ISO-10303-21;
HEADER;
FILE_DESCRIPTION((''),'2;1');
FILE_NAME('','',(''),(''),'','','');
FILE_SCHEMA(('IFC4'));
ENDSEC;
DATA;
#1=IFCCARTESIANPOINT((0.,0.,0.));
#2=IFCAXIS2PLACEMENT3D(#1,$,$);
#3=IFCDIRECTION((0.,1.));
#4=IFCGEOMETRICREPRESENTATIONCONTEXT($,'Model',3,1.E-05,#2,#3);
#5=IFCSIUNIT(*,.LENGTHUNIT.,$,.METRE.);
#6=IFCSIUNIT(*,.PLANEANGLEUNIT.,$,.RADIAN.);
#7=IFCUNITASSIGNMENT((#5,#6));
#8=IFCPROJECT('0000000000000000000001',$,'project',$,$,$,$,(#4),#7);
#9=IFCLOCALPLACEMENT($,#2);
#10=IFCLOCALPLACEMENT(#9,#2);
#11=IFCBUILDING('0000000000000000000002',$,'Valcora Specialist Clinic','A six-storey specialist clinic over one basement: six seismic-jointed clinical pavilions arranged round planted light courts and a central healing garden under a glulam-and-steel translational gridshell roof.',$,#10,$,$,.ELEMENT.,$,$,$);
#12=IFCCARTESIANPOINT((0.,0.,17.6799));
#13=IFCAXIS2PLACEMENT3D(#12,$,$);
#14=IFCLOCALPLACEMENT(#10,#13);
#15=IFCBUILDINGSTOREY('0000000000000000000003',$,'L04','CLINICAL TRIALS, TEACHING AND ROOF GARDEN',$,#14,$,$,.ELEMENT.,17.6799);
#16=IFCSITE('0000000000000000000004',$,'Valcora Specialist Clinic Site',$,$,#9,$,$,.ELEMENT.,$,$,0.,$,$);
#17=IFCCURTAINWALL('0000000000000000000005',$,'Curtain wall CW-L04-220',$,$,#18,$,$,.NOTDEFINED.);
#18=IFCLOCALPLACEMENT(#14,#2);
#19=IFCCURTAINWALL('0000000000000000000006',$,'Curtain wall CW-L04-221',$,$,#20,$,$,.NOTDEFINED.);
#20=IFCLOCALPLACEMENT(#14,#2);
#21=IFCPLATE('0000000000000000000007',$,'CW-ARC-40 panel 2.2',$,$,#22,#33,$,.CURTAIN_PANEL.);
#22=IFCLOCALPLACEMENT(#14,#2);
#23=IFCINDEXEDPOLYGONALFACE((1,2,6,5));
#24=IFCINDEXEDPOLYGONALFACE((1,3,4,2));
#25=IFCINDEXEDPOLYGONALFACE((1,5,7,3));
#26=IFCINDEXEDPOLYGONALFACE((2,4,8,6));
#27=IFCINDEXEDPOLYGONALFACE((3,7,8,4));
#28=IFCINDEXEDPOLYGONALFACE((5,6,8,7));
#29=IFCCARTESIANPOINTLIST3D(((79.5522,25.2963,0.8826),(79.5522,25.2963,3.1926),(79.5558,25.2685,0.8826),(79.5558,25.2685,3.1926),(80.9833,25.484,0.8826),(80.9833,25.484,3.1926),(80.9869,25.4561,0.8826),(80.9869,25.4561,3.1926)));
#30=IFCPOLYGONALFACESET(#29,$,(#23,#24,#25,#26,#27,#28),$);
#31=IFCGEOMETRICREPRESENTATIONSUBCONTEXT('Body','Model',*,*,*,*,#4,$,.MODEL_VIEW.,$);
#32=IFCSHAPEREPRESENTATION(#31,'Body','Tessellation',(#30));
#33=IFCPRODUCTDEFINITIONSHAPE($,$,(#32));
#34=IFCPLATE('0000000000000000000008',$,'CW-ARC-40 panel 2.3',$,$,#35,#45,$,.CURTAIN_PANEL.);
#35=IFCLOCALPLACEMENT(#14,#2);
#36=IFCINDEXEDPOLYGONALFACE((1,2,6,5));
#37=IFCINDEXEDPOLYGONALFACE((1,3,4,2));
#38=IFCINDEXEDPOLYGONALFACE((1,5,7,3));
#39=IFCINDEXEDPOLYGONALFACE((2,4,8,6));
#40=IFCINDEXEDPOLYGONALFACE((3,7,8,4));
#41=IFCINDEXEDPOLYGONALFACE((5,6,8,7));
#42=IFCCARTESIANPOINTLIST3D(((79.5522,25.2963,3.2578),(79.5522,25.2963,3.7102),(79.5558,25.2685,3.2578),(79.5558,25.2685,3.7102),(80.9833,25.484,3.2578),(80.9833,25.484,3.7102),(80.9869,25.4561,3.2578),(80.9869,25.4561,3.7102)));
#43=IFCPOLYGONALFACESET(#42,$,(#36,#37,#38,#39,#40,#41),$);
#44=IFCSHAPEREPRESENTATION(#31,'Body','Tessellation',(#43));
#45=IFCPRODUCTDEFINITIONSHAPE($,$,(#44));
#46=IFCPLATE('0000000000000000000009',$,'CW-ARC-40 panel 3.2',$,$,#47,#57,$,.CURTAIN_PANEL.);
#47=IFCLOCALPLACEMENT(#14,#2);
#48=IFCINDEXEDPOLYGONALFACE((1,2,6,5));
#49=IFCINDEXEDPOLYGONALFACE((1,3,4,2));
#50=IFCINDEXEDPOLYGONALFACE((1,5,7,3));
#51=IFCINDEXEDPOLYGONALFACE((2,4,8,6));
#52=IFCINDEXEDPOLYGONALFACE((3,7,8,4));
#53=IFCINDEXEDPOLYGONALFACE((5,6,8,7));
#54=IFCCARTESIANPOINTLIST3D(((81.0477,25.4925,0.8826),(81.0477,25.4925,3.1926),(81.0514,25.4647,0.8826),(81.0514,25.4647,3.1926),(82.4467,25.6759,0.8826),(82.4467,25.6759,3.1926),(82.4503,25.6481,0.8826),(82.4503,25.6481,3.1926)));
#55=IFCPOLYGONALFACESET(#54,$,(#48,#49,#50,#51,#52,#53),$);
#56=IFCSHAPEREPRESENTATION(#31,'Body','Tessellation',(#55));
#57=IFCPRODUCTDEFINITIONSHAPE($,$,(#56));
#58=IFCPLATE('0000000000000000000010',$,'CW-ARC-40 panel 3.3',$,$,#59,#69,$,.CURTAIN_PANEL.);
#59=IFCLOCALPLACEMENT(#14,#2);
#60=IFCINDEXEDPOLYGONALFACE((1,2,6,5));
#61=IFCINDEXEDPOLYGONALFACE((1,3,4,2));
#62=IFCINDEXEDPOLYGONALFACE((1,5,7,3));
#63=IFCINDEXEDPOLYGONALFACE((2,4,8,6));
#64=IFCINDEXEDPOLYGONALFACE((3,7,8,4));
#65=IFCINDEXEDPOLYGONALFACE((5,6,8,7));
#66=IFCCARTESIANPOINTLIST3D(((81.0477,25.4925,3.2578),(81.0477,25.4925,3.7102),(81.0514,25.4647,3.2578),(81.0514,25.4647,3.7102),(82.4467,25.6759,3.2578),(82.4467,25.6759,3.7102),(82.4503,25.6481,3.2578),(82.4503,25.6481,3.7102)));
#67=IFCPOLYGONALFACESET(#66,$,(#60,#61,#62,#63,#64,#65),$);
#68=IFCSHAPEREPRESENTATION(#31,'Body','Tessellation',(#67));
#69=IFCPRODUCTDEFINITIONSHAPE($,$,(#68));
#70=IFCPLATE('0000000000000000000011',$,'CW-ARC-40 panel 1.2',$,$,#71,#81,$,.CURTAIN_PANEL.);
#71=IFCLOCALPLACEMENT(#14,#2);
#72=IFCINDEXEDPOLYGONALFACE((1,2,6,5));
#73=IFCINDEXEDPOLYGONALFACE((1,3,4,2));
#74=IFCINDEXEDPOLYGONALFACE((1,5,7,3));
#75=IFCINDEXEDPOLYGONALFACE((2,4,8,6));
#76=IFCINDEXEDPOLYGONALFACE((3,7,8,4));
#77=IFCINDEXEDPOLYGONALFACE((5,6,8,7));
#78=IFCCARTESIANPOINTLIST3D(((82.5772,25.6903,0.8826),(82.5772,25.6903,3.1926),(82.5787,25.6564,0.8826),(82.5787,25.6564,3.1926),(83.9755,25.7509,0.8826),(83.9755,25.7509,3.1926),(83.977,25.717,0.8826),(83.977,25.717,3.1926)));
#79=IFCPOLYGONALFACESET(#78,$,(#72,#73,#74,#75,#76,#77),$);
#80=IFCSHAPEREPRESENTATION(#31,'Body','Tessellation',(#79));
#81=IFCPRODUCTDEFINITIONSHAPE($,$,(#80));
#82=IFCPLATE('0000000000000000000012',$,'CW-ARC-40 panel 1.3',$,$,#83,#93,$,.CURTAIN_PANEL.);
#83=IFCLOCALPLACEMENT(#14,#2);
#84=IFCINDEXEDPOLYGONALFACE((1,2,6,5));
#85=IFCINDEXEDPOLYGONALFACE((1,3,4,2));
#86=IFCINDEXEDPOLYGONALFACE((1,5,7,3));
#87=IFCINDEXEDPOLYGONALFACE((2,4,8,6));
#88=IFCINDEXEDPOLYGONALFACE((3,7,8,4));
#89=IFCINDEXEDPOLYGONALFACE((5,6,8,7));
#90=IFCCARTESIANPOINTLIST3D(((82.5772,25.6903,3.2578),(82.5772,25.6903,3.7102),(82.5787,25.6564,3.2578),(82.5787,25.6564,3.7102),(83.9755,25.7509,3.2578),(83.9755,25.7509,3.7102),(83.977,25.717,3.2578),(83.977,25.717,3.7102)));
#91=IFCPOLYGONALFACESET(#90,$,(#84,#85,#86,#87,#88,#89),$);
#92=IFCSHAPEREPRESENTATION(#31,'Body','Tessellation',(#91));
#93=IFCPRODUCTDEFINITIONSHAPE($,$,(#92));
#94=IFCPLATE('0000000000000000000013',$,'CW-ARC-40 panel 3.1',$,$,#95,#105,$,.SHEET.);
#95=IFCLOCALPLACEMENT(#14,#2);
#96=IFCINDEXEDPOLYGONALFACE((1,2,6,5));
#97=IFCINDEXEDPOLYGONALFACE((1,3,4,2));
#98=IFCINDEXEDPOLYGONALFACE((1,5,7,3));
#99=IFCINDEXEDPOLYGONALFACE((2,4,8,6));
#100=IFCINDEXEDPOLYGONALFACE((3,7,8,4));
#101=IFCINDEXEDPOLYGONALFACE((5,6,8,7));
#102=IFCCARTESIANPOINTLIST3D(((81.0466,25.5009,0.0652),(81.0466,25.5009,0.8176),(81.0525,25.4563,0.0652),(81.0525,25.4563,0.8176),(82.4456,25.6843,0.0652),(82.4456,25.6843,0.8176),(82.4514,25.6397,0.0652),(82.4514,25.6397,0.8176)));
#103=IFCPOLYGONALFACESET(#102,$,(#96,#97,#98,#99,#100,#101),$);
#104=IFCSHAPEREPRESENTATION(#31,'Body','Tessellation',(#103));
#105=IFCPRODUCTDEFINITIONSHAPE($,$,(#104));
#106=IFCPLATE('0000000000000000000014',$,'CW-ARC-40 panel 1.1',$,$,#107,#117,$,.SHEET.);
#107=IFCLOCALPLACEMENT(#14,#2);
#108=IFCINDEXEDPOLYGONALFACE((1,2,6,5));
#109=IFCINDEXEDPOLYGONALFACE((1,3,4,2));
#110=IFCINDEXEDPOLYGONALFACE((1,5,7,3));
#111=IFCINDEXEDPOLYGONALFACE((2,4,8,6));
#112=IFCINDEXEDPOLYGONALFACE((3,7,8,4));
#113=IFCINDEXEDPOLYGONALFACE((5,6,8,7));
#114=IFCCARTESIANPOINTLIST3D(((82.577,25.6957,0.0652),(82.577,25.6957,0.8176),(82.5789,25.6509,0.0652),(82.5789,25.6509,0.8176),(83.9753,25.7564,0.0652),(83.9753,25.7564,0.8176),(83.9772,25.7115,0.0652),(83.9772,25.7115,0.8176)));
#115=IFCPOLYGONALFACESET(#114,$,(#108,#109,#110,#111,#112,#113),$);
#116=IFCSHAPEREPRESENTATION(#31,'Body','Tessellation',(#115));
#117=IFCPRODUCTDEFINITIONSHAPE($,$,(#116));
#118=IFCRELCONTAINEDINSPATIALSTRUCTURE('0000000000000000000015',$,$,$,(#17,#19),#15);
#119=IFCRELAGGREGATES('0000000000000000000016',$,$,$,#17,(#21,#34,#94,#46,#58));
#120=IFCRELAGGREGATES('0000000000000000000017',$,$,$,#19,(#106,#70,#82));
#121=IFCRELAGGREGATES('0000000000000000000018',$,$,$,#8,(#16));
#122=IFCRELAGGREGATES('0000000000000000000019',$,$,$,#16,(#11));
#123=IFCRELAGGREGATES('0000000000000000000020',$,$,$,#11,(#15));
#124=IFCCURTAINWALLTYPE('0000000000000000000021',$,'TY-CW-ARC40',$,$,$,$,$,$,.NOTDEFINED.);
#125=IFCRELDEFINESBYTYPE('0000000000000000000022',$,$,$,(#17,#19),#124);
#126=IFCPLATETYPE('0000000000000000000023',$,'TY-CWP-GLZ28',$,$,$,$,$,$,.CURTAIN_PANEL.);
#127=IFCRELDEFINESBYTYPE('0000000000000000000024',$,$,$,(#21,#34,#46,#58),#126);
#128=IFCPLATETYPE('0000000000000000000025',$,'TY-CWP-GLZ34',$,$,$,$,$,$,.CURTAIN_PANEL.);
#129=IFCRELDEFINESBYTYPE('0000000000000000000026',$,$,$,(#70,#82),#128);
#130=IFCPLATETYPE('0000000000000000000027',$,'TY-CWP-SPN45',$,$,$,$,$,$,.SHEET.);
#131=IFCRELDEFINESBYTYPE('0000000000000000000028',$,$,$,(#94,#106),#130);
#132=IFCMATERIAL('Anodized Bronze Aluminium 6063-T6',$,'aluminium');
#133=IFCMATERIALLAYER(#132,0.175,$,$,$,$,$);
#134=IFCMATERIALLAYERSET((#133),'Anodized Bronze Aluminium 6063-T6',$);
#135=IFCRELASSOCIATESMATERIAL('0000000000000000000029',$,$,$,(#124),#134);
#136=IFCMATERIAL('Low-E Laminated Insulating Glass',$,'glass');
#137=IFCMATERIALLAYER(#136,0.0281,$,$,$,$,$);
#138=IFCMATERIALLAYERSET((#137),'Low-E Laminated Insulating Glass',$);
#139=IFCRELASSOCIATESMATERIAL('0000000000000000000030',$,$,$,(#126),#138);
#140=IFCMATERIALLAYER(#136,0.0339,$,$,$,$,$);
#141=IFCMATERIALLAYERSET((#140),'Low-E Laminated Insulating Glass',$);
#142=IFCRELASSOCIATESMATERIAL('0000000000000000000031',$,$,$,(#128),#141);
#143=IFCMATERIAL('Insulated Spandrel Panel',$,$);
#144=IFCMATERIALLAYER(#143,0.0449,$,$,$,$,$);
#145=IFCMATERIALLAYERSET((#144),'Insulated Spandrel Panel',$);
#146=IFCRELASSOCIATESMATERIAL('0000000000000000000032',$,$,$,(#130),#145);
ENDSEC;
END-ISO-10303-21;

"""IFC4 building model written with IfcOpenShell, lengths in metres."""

from ifc_helpers import new_model, si_unit, direction, frame, origin, origin_2d, place, context, subcontext, project, spatial, rectangle, extrude, material, layer, layer_set, type_object, element, aggregate, save


model = new_model("IFC4")

# Units and contexts
model_context = context("Model", 3, precision=1e-05, world=origin(), true_north=direction((0.0, 1.0)))
body_context = subcontext(model_context, "Body", "Model", "MODEL_VIEW")
ifc_project = project(units=[si_unit("LENGTHUNIT", "METRE"), si_unit("PLANEANGLEUNIT", "RADIAN")], contexts=[model_context])

# Site, building, storey
site_placement = place(None, origin())
site = spatial("IfcSite", under=ifc_project, at=site_placement, Name="Valcora Specialist Clinic Site", CompositionType="ELEMENT", RefElevation=0.0)
building_placement = place(site_placement, origin())
building = spatial("IfcBuilding", under=site, at=building_placement, Name="Valcora Specialist Clinic", Description="A six-storey specialist clinic over one basement: six seismic-jointed clinical pavilions arranged round planted light courts and a central healing garden under a glulam-and-steel translational gridshell roof.", CompositionType="ELEMENT")
storey_placement = place(building_placement, frame((0.0, 0.0, 17.6799)))
storey = spatial("IfcBuildingStorey", under=building, at=storey_placement, Name="L04", Description="CLINICAL TRIALS, TEACHING AND ROOF GARDEN", CompositionType="ELEMENT", Elevation=17.6799)

# Curtain wall
ifc_material_1 = material(Name="Anodized Bronze Aluminium 6063-T6", Category="aluminium")
ifc_layer_1 = layer(ifc_material_1, 0.175)
ifc_layer_set_1 = layer_set([ifc_layer_1], Name="Anodized Bronze Aluminium 6063-T6")
curtain_wall_type = type_object("IfcCurtainWallType", Name="TY-CW-ARC40", PredefinedType="NOTDEFINED", material=ifc_layer_set_1)
curtain_wall_1_placement = place(storey_placement, origin())
curtain_wall_1 = element("IfcCurtainWall", 1, at=curtain_wall_1_placement, inside=storey, type_object=curtain_wall_type, Name="Curtain wall CW-L04-220", PredefinedType="NOTDEFINED")

# Curtain wall
curtain_wall_2_placement = place(storey_placement, origin())
curtain_wall_2 = element("IfcCurtainWall", 2, at=curtain_wall_2_placement, inside=storey, type_object=curtain_wall_type, Name="Curtain wall CW-L04-221", PredefinedType="NOTDEFINED")

# Plates
ifc_material_2 = material(Name="Low-E Laminated Insulating Glass", Category="glass")
ifc_layer_2 = layer(ifc_material_2, 0.0281)
ifc_layer_set_2 = layer_set([ifc_layer_2], Name="Low-E Laminated Insulating Glass")
plate_type_1 = type_object("IfcPlateType", Name="TY-CWP-GLZ28", PredefinedType="CURTAIN_PANEL", material=ifc_layer_set_2)
plate_1_placement = place(storey_placement, frame((80.2695, 25.3762, 0.8826), z_axis=(0.0, 0.0, 1.0), x_axis=(0.991514, 0.129999, 0.0)))
plate_1 = element("IfcPlate", 3, at=plate_1_placement, type_object=plate_type_1, Name="CW-ARC-40 panel 2.2", PredefinedType="CURTAIN_PANEL", context=body_context, shape_type="SweptSolid", body=[
    extrude(rectangle(XDim=1.4434, YDim=0.0281, at=origin_2d()), origin(), (0.0, 0.0, 1.0), 2.3101),
])
plate_2_placement = place(storey_placement, frame((80.2695, 25.3762, 3.2578), z_axis=(0.0, 0.0, 1.0), x_axis=(0.991514, 0.129999, 0.0)))
plate_2 = element("IfcPlate", 4, at=plate_2_placement, type_object=plate_type_1, Name="CW-ARC-40 panel 2.3", PredefinedType="CURTAIN_PANEL", context=body_context, shape_type="SweptSolid", body=[
    extrude(rectangle(XDim=1.4434, YDim=0.0281, at=origin_2d()), origin(), (0.0, 0.0, 1.0), 0.4524),
])
plate_3_placement = place(storey_placement, frame((81.749, 25.5703, 0.8826), z_axis=(0.0, 0.0, 1.0), x_axis=(0.991514, 0.129999, 0.0)))
plate_3 = element("IfcPlate", 5, at=plate_3_placement, type_object=plate_type_1, Name="CW-ARC-40 panel 3.2", PredefinedType="CURTAIN_PANEL", context=body_context, shape_type="SweptSolid", body=[
    extrude(rectangle(XDim=1.4109, YDim=0.0281, at=origin_2d()), origin(), (0.0, 0.0, 1.0), 2.3101),
])
plate_4_placement = place(storey_placement, frame((81.749, 25.5703, 3.2578), z_axis=(0.0, 0.0, 1.0), x_axis=(0.991514, 0.129999, 0.0)))
plate_4 = element("IfcPlate", 6, at=plate_4_placement, type_object=plate_type_1, Name="CW-ARC-40 panel 3.3", PredefinedType="CURTAIN_PANEL", context=body_context, shape_type="SweptSolid", body=[
    extrude(rectangle(XDim=1.4109, YDim=0.0281, at=origin_2d()), origin(), (0.0, 0.0, 1.0), 0.4524),
])
ifc_layer_3 = layer(ifc_material_2, 0.0339)
ifc_layer_set_3 = layer_set([ifc_layer_3], Name="Low-E Laminated Insulating Glass")
plate_type_2 = type_object("IfcPlateType", Name="TY-CWP-GLZ34", PredefinedType="CURTAIN_PANEL", material=ifc_layer_set_3)
plate_5_placement = place(storey_placement, frame((83.2771, 25.7036, 0.8826), z_axis=(0.0, 0.0, 1.0), x_axis=(0.999062, 0.043307, 0.0)))
plate_5 = element("IfcPlate", 7, at=plate_5_placement, type_object=plate_type_2, Name="CW-ARC-40 panel 1.2", PredefinedType="CURTAIN_PANEL", context=body_context, shape_type="SweptSolid", body=[
    extrude(rectangle(XDim=1.3997, YDim=0.0339, at=origin_2d()), origin(), (0.0, 0.0, 1.0), 2.3101),
])
plate_6_placement = place(storey_placement, frame((83.2771, 25.7036, 3.2578), z_axis=(0.0, 0.0, 1.0), x_axis=(0.999062, 0.043307, 0.0)))
plate_6 = element("IfcPlate", 8, at=plate_6_placement, type_object=plate_type_2, Name="CW-ARC-40 panel 1.3", PredefinedType="CURTAIN_PANEL", context=body_context, shape_type="SweptSolid", body=[
    extrude(rectangle(XDim=1.3997, YDim=0.0339, at=origin_2d()), origin(), (0.0, 0.0, 1.0), 0.4524),
])
ifc_material_3 = material(Name="Insulated Spandrel Panel")
ifc_layer_4 = layer(ifc_material_3, 0.0449)
ifc_layer_set_4 = layer_set([ifc_layer_4], Name="Insulated Spandrel Panel")
plate_type_3 = type_object("IfcPlateType", Name="TY-CWP-SPN45", PredefinedType="SHEET", material=ifc_layer_set_4)
plate_7_placement = place(storey_placement, frame((81.749, 25.5703, 0.0652), z_axis=(0.0, 0.0, 1.0), x_axis=(0.991514, 0.129999, 0.0)))
plate_7 = element("IfcPlate", 9, at=plate_7_placement, type_object=plate_type_3, Name="CW-ARC-40 panel 3.1", PredefinedType="SHEET", context=body_context, shape_type="SweptSolid", body=[
    extrude(rectangle(XDim=1.4109, YDim=0.0449, at=origin_2d()), origin(), (0.0, 0.0, 1.0), 0.7524),
])
aggregate(curtain_wall_1, [plate_1, plate_2, plate_7, plate_3, plate_4])
plate_8_placement = place(storey_placement, frame((83.2771, 25.7036, 0.0652), z_axis=(0.0, 0.0, 1.0), x_axis=(0.999062, 0.043307, 0.0)))
plate_8 = element("IfcPlate", 10, at=plate_8_placement, type_object=plate_type_3, Name="CW-ARC-40 panel 1.1", PredefinedType="SHEET", context=body_context, shape_type="SweptSolid", body=[
    extrude(rectangle(XDim=1.3997, YDim=0.0449, at=origin_2d()), origin(), (0.0, 0.0, 1.0), 0.7524),
])
aggregate(curtain_wall_2, [plate_8, plate_5, plate_6])

save(model, "model.ifc")
